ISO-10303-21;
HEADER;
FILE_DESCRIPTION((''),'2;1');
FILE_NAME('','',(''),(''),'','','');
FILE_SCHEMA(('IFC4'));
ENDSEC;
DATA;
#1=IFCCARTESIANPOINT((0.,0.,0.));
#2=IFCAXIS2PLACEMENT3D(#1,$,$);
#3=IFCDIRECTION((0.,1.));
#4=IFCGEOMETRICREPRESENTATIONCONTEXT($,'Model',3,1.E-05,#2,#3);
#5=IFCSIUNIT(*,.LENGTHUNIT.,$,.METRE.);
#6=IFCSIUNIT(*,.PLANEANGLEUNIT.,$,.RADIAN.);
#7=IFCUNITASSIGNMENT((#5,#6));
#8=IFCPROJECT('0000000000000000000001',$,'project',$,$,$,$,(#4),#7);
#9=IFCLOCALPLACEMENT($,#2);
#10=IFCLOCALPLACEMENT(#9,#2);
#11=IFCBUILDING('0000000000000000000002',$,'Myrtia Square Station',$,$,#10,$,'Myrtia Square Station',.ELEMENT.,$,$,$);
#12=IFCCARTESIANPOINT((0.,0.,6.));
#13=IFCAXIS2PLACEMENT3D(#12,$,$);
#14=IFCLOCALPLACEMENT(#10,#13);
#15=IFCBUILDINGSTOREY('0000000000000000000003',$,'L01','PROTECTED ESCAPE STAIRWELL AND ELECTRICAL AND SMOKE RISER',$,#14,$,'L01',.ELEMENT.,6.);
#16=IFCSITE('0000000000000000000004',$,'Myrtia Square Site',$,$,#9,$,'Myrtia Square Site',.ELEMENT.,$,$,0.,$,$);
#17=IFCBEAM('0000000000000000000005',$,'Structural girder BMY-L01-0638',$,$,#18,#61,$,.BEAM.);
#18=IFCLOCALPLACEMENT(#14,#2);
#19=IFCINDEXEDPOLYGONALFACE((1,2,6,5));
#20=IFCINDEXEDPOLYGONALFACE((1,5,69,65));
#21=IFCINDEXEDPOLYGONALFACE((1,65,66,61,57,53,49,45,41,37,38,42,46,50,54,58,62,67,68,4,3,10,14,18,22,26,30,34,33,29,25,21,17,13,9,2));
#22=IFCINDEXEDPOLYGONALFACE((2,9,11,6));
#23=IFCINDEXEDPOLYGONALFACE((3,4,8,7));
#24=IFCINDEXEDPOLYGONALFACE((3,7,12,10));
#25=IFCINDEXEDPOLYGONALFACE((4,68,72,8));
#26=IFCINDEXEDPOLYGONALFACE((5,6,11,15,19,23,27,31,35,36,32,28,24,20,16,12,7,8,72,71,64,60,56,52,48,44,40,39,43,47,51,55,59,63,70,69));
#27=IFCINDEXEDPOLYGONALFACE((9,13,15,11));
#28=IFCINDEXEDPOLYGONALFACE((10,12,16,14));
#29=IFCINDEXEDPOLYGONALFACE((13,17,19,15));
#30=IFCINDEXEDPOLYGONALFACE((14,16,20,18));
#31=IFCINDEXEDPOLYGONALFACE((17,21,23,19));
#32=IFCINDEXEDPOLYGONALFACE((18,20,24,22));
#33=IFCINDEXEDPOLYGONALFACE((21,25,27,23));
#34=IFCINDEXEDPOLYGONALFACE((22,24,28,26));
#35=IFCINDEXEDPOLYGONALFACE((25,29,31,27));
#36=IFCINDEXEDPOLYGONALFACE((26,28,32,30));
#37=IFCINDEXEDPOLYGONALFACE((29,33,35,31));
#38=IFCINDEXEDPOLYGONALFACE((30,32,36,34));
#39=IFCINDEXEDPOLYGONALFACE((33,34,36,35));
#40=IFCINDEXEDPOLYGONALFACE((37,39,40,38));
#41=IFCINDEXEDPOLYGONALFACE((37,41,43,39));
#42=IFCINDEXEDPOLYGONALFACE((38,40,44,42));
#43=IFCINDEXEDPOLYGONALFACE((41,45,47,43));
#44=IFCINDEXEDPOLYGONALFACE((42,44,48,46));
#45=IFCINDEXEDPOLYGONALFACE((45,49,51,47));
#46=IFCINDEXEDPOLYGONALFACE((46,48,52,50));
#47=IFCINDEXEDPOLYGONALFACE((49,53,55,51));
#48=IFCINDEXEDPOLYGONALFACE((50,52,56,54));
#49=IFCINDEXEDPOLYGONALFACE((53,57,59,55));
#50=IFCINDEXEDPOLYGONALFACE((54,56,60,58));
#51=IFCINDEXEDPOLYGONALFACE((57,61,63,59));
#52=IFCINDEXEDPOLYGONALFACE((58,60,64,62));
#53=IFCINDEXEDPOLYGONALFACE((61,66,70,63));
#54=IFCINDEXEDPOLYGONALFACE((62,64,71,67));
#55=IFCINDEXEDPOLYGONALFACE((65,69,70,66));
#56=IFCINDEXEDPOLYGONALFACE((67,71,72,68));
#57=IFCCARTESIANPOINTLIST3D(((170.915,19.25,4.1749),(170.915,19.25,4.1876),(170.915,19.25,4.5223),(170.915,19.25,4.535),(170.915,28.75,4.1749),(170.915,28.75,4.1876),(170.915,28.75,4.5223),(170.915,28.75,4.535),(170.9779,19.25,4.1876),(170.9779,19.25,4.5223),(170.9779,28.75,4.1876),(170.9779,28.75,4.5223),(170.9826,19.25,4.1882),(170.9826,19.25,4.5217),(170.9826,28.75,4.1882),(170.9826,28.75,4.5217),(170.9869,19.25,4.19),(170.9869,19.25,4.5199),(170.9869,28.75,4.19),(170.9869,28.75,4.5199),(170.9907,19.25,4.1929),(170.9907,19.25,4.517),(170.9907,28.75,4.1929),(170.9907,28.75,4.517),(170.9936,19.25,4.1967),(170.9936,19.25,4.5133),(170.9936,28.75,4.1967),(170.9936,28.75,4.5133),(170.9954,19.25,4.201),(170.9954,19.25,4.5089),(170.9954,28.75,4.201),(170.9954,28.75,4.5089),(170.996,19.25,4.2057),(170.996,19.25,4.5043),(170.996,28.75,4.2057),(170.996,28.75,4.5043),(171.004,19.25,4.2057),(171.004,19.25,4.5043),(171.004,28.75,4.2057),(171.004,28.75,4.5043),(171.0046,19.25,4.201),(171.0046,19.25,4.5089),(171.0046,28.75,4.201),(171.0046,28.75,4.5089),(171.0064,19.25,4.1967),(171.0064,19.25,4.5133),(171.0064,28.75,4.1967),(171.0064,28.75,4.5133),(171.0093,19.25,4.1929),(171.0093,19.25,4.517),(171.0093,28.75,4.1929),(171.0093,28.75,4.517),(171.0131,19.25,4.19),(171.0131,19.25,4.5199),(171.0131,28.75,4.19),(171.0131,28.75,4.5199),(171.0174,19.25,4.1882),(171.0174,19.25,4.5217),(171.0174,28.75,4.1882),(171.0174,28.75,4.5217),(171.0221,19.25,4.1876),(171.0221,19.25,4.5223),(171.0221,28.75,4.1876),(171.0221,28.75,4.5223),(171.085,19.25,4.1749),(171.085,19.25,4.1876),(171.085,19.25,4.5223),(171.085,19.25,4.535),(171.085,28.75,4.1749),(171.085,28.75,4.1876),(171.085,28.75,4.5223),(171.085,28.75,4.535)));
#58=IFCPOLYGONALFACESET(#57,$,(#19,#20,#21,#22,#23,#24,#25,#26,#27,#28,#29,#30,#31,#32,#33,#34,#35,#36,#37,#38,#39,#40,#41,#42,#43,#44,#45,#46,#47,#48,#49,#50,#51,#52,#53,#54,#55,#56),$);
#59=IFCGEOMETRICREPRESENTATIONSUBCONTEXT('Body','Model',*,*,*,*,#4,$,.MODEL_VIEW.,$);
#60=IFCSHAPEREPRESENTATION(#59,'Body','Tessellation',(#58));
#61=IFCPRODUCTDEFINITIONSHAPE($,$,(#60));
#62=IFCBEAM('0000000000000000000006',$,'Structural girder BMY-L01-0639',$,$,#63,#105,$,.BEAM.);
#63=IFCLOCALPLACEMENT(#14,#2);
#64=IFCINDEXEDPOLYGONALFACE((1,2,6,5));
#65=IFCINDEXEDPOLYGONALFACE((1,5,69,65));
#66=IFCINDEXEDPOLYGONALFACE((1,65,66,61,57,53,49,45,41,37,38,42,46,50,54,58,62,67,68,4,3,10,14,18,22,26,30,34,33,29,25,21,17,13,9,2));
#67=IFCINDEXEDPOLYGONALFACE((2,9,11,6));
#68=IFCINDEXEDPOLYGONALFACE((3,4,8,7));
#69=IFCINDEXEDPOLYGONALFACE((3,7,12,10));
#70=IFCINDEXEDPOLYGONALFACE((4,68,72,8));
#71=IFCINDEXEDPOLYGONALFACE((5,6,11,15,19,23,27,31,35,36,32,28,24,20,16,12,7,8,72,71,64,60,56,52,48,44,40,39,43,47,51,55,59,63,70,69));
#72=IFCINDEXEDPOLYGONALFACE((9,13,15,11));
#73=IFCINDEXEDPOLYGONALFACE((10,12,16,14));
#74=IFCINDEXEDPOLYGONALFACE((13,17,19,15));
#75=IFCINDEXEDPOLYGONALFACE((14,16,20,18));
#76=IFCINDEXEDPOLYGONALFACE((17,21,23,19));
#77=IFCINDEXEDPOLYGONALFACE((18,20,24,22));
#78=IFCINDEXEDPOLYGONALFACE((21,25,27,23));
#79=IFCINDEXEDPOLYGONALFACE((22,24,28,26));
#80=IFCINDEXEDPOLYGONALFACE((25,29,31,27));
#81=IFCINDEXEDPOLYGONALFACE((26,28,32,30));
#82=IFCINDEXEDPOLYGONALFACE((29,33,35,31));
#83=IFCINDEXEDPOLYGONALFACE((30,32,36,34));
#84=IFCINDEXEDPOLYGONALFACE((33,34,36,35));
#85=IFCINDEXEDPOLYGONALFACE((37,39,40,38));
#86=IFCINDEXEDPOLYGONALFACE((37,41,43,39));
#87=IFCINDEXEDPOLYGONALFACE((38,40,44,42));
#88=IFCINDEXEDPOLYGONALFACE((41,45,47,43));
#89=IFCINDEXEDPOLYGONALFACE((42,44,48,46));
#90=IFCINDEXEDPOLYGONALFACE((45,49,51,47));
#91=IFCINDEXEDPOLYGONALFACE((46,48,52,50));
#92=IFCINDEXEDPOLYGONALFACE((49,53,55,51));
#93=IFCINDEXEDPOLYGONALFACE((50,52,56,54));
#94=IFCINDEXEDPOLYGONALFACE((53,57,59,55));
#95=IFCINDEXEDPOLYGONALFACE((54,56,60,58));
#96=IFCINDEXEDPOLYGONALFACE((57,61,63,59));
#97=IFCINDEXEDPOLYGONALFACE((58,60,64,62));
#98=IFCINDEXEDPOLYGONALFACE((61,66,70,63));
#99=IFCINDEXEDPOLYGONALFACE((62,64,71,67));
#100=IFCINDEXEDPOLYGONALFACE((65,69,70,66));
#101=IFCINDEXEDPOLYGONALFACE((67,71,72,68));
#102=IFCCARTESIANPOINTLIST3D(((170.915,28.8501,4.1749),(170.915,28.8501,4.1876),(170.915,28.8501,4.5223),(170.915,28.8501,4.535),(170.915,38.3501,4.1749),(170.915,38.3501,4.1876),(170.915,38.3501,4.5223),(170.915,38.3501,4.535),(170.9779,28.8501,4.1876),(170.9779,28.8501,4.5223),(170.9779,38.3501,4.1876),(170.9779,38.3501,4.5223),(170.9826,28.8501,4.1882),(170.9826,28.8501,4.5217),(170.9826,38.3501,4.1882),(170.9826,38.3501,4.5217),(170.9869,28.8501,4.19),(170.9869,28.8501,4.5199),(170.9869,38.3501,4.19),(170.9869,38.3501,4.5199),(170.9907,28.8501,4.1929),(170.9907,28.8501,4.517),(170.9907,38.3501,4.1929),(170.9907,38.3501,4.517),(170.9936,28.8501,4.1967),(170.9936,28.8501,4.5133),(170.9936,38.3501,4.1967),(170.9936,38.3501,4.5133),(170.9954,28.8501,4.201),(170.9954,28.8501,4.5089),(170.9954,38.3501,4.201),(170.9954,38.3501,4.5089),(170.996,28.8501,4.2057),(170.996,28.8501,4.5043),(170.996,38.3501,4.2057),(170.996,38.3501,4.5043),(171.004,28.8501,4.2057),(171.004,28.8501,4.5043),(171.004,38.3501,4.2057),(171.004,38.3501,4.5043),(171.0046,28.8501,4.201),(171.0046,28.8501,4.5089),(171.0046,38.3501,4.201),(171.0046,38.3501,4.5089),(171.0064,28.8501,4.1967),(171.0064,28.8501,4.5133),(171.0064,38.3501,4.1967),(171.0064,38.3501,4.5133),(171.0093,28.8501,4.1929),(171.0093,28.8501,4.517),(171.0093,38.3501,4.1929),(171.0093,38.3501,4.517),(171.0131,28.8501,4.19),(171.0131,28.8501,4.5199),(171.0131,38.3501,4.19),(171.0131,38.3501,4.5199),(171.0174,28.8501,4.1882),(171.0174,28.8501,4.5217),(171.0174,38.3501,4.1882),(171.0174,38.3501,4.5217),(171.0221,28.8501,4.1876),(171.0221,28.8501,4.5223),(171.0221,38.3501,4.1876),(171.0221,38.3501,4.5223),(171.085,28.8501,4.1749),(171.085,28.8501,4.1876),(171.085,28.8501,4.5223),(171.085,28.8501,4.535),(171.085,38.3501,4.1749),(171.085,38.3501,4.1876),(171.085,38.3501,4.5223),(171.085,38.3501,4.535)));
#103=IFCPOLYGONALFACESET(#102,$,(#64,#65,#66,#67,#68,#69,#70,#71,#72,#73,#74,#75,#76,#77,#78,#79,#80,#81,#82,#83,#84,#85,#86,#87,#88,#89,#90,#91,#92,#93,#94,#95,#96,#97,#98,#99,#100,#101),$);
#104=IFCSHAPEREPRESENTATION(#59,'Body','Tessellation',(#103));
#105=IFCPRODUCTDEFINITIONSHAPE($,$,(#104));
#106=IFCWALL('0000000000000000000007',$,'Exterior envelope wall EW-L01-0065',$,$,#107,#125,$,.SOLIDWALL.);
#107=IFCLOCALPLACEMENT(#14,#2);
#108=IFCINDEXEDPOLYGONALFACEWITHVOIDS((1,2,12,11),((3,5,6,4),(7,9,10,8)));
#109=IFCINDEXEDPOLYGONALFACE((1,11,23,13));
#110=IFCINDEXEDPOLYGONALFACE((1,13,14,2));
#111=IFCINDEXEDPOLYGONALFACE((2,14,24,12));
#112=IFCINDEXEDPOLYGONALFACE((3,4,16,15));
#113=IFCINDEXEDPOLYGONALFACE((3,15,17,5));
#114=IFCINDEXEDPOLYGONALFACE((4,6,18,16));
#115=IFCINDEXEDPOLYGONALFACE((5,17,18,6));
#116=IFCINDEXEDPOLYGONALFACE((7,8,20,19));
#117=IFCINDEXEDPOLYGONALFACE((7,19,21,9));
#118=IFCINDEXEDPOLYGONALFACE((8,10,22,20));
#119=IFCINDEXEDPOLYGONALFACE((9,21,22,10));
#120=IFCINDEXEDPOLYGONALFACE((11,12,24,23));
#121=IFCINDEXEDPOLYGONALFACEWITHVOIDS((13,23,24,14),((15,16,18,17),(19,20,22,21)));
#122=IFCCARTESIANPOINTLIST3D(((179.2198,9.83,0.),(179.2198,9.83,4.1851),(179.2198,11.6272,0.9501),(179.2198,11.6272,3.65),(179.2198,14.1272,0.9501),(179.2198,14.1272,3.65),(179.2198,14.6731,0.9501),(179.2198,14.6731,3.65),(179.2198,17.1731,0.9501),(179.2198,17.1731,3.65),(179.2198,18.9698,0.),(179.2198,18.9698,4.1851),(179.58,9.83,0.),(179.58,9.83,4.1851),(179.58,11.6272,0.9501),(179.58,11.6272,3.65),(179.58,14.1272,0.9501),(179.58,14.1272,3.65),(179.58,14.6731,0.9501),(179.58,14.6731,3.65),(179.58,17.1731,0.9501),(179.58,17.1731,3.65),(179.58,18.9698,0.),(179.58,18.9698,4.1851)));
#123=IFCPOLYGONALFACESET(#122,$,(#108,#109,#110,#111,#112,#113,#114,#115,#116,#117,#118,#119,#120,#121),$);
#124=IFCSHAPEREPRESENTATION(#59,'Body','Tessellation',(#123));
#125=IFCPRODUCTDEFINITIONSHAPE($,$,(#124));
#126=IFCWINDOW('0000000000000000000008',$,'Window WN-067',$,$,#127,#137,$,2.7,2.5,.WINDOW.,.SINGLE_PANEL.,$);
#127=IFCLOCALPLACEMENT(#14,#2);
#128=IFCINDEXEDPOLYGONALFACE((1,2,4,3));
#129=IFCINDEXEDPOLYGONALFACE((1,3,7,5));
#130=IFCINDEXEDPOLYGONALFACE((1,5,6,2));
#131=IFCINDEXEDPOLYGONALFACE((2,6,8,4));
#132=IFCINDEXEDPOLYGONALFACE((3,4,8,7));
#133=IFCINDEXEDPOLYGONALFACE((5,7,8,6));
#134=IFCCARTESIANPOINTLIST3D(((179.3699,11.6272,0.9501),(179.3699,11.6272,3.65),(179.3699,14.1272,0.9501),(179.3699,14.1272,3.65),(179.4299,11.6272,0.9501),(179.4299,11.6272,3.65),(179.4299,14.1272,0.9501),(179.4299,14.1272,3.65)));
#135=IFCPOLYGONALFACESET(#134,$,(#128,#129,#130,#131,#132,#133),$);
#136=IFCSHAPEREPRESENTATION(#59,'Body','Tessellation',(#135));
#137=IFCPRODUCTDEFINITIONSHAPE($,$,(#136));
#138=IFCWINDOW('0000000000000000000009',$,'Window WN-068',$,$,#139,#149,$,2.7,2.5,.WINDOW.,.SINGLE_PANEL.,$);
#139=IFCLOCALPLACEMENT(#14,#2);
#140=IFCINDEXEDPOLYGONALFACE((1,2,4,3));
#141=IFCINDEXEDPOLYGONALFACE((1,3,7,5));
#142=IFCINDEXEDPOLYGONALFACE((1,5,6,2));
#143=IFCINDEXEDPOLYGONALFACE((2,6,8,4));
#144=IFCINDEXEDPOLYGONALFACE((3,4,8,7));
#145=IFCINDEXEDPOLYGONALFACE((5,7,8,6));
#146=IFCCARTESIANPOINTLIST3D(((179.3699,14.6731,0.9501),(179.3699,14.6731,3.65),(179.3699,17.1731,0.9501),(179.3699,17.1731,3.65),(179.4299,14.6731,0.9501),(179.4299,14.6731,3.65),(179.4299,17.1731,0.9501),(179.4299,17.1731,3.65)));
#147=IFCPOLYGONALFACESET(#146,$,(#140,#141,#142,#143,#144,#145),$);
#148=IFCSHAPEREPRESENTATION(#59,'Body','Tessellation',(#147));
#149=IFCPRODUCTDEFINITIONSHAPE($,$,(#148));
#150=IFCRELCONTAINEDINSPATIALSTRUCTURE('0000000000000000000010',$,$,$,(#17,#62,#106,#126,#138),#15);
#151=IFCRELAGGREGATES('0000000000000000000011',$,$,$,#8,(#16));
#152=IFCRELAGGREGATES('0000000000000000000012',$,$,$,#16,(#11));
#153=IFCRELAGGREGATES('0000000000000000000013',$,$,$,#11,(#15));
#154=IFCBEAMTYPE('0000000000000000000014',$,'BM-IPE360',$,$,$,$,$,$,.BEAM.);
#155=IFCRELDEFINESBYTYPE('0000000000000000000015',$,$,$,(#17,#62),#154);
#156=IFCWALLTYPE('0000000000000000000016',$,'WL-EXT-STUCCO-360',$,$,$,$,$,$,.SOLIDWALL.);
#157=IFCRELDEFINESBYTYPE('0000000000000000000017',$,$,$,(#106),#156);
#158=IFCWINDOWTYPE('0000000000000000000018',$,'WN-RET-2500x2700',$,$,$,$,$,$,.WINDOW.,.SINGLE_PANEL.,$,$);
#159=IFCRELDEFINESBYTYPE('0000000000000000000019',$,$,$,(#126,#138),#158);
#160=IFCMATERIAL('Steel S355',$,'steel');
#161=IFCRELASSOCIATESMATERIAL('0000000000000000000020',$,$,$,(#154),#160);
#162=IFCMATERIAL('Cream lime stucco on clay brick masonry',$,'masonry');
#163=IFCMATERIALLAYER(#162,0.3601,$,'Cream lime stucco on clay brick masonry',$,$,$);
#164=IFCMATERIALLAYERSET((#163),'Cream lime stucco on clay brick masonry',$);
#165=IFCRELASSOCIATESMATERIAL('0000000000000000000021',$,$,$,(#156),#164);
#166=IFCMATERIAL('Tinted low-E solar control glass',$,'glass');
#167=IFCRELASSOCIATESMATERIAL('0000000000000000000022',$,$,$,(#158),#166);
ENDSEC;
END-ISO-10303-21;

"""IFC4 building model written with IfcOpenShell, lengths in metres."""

from ifc_helpers import new_model, si_unit, direction, frame, frame_2d, origin, origin_2d, place, context, subcontext, project, spatial, rectangle, i_section, extrude, material, layer, layer_set, material_profile, profile_set, type_object, element, fill, save


model = new_model("IFC4")

# Units and contexts
model_context = context("Model", 3, precision=1e-05, world=origin(), true_north=direction((0.0, 1.0)))
body_context = subcontext(model_context, "Body", "Model", "MODEL_VIEW")
ifc_project = project(units=[si_unit("LENGTHUNIT", "METRE"), si_unit("PLANEANGLEUNIT", "RADIAN")], contexts=[model_context])

# Site, building, storey
site_placement = place(None, origin())
site = spatial("IfcSite", under=ifc_project, at=site_placement, Name="Myrtia Square Site", LongName="Myrtia Square Site", CompositionType="ELEMENT", RefElevation=0.0)
building_placement = place(site_placement, origin())
building = spatial("IfcBuilding", under=site, at=building_placement, Name="Myrtia Square Station", LongName="Myrtia Square Station", CompositionType="ELEMENT")
storey_placement = place(building_placement, frame((0.0, 0.0, 6.0)))
storey = spatial("IfcBuildingStorey", under=building, at=storey_placement, Name="L01", Description="PROTECTED ESCAPE STAIRWELL AND ELECTRICAL AND SMOKE RISER", LongName="L01", CompositionType="ELEMENT", Elevation=6.0)

# Shared definitions
ifc_material_1 = material(Name="Steel S355", Category="steel")

# Beams
ifc_material_profile_1 = material_profile(ifc_material_1, i_section(OverallWidth=0.1699, OverallDepth=0.3601, WebThickness=0.0081, FlangeThickness=0.0127, FilletRadius=0.0181, at=origin_2d()), Name="IPE 360")
ifc_profile_set_1 = profile_set([ifc_material_profile_1], Name="Steel S355")
beam_type_1 = type_object("IfcBeamType", Name="BM-IPE360", PredefinedType="BEAM", material=ifc_profile_set_1)
for number, where, z_axis, x_axis, name in (
    (1, (171.0, 19.25, 4.355), (0.0, 1.0, 0.0), (-1.0, 0.0, 0.0), "Structural girder BMY-L01-0638"),
    (2, (171.0, 28.8501, 4.355), (0.0, 1.0, 0.0), (-1.0, 0.0, 0.0), "Structural girder BMY-L01-0639"),
):
    element("IfcBeam", number, at=place(storey_placement, frame(where, z_axis=z_axis, x_axis=x_axis)), inside=storey, type_object=beam_type_1, Name=name, PredefinedType="BEAM", context=body_context, shape_type="SweptSolid", body=[
        extrude(i_section(OverallWidth=0.1699, OverallDepth=0.3601, WebThickness=0.0081, FlangeThickness=0.0127, FilletRadius=0.0181, at=origin_2d()), origin(), (0.0, 0.0, 1.0), 9.5),
    ])

# Wall, openings, windows
ifc_material_2 = material(Name="Cream lime stucco on clay brick masonry", Category="masonry")
ifc_layer = layer(ifc_material_2, 0.3601, Name="Cream lime stucco on clay brick masonry")
ifc_layer_set = layer_set([ifc_layer], Name="Cream lime stucco on clay brick masonry")
wall_type = type_object("IfcWallType", Name="WL-EXT-STUCCO-360", PredefinedType="SOLIDWALL", material=ifc_layer_set)
wall_1_placement = place(storey_placement, frame((179.3999, 9.8301, 0.0), z_axis=(0.0, 0.0, 1.0), x_axis=(0.0, 1.0, 0.0)))
wall_1 = element("IfcWall", 3, at=wall_1_placement, inside=storey, type_object=wall_type, Name="Exterior envelope wall EW-L01-0065", PredefinedType="SOLIDWALL", context=body_context, shape_type="SweptSolid", body=[
    extrude(rectangle(XDim=9.1399, YDim=0.3601, at=frame_2d((4.5698, 0.0))), origin(), (0.0, 0.0, 1.0), 4.1851),
])
opening_1_placement = place(wall_1_placement, frame((1.7971, 0.0, 0.95)))
opening_1 = element("IfcOpeningElement", 4, at=opening_1_placement, cuts=wall_1, PredefinedType="OPENING", context=body_context, shape_type="SweptSolid", body=[
    extrude(rectangle(XDim=2.5, YDim=2.7, at=frame_2d((1.25, 1.3501))), frame((0.0, 0.1951, 0.0), z_axis=(0.0, -1.0, 0.0), x_axis=(1.0, 0.0, 0.0)), (0.0, 0.0, 1.0), 0.3901),
])
opening_2_placement = place(wall_1_placement, frame((4.843, 0.0, 0.95)))
opening_2 = element("IfcOpeningElement", 5, at=opening_2_placement, cuts=wall_1, PredefinedType="OPENING", context=body_context, shape_type="SweptSolid", body=[
    extrude(rectangle(XDim=2.5, YDim=2.7, at=frame_2d((1.25, 1.3501))), frame((0.0, 0.1951, 0.0), z_axis=(0.0, -1.0, 0.0), x_axis=(1.0, 0.0, 0.0)), (0.0, 0.0, 1.0), 0.3901),
])
ifc_material_3 = material(Name="Tinted low-E solar control glass", Category="glass")
window_type = type_object("IfcWindowType", Name="WN-RET-2500x2700", PartitioningType="SINGLE_PANEL", PredefinedType="WINDOW", material=ifc_material_3)
window_1_placement = place(opening_1_placement, origin())
window_1 = element("IfcWindow", 6, at=window_1_placement, inside=storey, type_object=window_type, Name="Window WN-067", OverallHeight=2.7, OverallWidth=2.5, PartitioningType="SINGLE_PANEL", PredefinedType="WINDOW", context=body_context, shape_type="SweptSolid", body=[
    extrude(rectangle(XDim=2.5, YDim=2.7, at=frame_2d((1.25, 1.3501))), frame((0.0, 0.03, 0.0), z_axis=(0.0, -1.0, 0.0), x_axis=(1.0, 0.0, 0.0)), (0.0, 0.0, 1.0), 0.0601),
])
fill(opening_1, window_1)
window_2_placement = place(opening_2_placement, origin())
window_2 = element("IfcWindow", 7, at=window_2_placement, inside=storey, type_object=window_type, Name="Window WN-068", OverallHeight=2.7, OverallWidth=2.5, PartitioningType="SINGLE_PANEL", PredefinedType="WINDOW", context=body_context, shape_type="SweptSolid", body=[
    extrude(rectangle(XDim=2.5, YDim=2.7, at=frame_2d((1.25, 1.3501))), frame((0.0, 0.03, 0.0), z_axis=(0.0, -1.0, 0.0), x_axis=(1.0, 0.0, 0.0)), (0.0, 0.0, 1.0), 0.0601),
])
fill(opening_2, window_2)

save(model, "model.ifc")
